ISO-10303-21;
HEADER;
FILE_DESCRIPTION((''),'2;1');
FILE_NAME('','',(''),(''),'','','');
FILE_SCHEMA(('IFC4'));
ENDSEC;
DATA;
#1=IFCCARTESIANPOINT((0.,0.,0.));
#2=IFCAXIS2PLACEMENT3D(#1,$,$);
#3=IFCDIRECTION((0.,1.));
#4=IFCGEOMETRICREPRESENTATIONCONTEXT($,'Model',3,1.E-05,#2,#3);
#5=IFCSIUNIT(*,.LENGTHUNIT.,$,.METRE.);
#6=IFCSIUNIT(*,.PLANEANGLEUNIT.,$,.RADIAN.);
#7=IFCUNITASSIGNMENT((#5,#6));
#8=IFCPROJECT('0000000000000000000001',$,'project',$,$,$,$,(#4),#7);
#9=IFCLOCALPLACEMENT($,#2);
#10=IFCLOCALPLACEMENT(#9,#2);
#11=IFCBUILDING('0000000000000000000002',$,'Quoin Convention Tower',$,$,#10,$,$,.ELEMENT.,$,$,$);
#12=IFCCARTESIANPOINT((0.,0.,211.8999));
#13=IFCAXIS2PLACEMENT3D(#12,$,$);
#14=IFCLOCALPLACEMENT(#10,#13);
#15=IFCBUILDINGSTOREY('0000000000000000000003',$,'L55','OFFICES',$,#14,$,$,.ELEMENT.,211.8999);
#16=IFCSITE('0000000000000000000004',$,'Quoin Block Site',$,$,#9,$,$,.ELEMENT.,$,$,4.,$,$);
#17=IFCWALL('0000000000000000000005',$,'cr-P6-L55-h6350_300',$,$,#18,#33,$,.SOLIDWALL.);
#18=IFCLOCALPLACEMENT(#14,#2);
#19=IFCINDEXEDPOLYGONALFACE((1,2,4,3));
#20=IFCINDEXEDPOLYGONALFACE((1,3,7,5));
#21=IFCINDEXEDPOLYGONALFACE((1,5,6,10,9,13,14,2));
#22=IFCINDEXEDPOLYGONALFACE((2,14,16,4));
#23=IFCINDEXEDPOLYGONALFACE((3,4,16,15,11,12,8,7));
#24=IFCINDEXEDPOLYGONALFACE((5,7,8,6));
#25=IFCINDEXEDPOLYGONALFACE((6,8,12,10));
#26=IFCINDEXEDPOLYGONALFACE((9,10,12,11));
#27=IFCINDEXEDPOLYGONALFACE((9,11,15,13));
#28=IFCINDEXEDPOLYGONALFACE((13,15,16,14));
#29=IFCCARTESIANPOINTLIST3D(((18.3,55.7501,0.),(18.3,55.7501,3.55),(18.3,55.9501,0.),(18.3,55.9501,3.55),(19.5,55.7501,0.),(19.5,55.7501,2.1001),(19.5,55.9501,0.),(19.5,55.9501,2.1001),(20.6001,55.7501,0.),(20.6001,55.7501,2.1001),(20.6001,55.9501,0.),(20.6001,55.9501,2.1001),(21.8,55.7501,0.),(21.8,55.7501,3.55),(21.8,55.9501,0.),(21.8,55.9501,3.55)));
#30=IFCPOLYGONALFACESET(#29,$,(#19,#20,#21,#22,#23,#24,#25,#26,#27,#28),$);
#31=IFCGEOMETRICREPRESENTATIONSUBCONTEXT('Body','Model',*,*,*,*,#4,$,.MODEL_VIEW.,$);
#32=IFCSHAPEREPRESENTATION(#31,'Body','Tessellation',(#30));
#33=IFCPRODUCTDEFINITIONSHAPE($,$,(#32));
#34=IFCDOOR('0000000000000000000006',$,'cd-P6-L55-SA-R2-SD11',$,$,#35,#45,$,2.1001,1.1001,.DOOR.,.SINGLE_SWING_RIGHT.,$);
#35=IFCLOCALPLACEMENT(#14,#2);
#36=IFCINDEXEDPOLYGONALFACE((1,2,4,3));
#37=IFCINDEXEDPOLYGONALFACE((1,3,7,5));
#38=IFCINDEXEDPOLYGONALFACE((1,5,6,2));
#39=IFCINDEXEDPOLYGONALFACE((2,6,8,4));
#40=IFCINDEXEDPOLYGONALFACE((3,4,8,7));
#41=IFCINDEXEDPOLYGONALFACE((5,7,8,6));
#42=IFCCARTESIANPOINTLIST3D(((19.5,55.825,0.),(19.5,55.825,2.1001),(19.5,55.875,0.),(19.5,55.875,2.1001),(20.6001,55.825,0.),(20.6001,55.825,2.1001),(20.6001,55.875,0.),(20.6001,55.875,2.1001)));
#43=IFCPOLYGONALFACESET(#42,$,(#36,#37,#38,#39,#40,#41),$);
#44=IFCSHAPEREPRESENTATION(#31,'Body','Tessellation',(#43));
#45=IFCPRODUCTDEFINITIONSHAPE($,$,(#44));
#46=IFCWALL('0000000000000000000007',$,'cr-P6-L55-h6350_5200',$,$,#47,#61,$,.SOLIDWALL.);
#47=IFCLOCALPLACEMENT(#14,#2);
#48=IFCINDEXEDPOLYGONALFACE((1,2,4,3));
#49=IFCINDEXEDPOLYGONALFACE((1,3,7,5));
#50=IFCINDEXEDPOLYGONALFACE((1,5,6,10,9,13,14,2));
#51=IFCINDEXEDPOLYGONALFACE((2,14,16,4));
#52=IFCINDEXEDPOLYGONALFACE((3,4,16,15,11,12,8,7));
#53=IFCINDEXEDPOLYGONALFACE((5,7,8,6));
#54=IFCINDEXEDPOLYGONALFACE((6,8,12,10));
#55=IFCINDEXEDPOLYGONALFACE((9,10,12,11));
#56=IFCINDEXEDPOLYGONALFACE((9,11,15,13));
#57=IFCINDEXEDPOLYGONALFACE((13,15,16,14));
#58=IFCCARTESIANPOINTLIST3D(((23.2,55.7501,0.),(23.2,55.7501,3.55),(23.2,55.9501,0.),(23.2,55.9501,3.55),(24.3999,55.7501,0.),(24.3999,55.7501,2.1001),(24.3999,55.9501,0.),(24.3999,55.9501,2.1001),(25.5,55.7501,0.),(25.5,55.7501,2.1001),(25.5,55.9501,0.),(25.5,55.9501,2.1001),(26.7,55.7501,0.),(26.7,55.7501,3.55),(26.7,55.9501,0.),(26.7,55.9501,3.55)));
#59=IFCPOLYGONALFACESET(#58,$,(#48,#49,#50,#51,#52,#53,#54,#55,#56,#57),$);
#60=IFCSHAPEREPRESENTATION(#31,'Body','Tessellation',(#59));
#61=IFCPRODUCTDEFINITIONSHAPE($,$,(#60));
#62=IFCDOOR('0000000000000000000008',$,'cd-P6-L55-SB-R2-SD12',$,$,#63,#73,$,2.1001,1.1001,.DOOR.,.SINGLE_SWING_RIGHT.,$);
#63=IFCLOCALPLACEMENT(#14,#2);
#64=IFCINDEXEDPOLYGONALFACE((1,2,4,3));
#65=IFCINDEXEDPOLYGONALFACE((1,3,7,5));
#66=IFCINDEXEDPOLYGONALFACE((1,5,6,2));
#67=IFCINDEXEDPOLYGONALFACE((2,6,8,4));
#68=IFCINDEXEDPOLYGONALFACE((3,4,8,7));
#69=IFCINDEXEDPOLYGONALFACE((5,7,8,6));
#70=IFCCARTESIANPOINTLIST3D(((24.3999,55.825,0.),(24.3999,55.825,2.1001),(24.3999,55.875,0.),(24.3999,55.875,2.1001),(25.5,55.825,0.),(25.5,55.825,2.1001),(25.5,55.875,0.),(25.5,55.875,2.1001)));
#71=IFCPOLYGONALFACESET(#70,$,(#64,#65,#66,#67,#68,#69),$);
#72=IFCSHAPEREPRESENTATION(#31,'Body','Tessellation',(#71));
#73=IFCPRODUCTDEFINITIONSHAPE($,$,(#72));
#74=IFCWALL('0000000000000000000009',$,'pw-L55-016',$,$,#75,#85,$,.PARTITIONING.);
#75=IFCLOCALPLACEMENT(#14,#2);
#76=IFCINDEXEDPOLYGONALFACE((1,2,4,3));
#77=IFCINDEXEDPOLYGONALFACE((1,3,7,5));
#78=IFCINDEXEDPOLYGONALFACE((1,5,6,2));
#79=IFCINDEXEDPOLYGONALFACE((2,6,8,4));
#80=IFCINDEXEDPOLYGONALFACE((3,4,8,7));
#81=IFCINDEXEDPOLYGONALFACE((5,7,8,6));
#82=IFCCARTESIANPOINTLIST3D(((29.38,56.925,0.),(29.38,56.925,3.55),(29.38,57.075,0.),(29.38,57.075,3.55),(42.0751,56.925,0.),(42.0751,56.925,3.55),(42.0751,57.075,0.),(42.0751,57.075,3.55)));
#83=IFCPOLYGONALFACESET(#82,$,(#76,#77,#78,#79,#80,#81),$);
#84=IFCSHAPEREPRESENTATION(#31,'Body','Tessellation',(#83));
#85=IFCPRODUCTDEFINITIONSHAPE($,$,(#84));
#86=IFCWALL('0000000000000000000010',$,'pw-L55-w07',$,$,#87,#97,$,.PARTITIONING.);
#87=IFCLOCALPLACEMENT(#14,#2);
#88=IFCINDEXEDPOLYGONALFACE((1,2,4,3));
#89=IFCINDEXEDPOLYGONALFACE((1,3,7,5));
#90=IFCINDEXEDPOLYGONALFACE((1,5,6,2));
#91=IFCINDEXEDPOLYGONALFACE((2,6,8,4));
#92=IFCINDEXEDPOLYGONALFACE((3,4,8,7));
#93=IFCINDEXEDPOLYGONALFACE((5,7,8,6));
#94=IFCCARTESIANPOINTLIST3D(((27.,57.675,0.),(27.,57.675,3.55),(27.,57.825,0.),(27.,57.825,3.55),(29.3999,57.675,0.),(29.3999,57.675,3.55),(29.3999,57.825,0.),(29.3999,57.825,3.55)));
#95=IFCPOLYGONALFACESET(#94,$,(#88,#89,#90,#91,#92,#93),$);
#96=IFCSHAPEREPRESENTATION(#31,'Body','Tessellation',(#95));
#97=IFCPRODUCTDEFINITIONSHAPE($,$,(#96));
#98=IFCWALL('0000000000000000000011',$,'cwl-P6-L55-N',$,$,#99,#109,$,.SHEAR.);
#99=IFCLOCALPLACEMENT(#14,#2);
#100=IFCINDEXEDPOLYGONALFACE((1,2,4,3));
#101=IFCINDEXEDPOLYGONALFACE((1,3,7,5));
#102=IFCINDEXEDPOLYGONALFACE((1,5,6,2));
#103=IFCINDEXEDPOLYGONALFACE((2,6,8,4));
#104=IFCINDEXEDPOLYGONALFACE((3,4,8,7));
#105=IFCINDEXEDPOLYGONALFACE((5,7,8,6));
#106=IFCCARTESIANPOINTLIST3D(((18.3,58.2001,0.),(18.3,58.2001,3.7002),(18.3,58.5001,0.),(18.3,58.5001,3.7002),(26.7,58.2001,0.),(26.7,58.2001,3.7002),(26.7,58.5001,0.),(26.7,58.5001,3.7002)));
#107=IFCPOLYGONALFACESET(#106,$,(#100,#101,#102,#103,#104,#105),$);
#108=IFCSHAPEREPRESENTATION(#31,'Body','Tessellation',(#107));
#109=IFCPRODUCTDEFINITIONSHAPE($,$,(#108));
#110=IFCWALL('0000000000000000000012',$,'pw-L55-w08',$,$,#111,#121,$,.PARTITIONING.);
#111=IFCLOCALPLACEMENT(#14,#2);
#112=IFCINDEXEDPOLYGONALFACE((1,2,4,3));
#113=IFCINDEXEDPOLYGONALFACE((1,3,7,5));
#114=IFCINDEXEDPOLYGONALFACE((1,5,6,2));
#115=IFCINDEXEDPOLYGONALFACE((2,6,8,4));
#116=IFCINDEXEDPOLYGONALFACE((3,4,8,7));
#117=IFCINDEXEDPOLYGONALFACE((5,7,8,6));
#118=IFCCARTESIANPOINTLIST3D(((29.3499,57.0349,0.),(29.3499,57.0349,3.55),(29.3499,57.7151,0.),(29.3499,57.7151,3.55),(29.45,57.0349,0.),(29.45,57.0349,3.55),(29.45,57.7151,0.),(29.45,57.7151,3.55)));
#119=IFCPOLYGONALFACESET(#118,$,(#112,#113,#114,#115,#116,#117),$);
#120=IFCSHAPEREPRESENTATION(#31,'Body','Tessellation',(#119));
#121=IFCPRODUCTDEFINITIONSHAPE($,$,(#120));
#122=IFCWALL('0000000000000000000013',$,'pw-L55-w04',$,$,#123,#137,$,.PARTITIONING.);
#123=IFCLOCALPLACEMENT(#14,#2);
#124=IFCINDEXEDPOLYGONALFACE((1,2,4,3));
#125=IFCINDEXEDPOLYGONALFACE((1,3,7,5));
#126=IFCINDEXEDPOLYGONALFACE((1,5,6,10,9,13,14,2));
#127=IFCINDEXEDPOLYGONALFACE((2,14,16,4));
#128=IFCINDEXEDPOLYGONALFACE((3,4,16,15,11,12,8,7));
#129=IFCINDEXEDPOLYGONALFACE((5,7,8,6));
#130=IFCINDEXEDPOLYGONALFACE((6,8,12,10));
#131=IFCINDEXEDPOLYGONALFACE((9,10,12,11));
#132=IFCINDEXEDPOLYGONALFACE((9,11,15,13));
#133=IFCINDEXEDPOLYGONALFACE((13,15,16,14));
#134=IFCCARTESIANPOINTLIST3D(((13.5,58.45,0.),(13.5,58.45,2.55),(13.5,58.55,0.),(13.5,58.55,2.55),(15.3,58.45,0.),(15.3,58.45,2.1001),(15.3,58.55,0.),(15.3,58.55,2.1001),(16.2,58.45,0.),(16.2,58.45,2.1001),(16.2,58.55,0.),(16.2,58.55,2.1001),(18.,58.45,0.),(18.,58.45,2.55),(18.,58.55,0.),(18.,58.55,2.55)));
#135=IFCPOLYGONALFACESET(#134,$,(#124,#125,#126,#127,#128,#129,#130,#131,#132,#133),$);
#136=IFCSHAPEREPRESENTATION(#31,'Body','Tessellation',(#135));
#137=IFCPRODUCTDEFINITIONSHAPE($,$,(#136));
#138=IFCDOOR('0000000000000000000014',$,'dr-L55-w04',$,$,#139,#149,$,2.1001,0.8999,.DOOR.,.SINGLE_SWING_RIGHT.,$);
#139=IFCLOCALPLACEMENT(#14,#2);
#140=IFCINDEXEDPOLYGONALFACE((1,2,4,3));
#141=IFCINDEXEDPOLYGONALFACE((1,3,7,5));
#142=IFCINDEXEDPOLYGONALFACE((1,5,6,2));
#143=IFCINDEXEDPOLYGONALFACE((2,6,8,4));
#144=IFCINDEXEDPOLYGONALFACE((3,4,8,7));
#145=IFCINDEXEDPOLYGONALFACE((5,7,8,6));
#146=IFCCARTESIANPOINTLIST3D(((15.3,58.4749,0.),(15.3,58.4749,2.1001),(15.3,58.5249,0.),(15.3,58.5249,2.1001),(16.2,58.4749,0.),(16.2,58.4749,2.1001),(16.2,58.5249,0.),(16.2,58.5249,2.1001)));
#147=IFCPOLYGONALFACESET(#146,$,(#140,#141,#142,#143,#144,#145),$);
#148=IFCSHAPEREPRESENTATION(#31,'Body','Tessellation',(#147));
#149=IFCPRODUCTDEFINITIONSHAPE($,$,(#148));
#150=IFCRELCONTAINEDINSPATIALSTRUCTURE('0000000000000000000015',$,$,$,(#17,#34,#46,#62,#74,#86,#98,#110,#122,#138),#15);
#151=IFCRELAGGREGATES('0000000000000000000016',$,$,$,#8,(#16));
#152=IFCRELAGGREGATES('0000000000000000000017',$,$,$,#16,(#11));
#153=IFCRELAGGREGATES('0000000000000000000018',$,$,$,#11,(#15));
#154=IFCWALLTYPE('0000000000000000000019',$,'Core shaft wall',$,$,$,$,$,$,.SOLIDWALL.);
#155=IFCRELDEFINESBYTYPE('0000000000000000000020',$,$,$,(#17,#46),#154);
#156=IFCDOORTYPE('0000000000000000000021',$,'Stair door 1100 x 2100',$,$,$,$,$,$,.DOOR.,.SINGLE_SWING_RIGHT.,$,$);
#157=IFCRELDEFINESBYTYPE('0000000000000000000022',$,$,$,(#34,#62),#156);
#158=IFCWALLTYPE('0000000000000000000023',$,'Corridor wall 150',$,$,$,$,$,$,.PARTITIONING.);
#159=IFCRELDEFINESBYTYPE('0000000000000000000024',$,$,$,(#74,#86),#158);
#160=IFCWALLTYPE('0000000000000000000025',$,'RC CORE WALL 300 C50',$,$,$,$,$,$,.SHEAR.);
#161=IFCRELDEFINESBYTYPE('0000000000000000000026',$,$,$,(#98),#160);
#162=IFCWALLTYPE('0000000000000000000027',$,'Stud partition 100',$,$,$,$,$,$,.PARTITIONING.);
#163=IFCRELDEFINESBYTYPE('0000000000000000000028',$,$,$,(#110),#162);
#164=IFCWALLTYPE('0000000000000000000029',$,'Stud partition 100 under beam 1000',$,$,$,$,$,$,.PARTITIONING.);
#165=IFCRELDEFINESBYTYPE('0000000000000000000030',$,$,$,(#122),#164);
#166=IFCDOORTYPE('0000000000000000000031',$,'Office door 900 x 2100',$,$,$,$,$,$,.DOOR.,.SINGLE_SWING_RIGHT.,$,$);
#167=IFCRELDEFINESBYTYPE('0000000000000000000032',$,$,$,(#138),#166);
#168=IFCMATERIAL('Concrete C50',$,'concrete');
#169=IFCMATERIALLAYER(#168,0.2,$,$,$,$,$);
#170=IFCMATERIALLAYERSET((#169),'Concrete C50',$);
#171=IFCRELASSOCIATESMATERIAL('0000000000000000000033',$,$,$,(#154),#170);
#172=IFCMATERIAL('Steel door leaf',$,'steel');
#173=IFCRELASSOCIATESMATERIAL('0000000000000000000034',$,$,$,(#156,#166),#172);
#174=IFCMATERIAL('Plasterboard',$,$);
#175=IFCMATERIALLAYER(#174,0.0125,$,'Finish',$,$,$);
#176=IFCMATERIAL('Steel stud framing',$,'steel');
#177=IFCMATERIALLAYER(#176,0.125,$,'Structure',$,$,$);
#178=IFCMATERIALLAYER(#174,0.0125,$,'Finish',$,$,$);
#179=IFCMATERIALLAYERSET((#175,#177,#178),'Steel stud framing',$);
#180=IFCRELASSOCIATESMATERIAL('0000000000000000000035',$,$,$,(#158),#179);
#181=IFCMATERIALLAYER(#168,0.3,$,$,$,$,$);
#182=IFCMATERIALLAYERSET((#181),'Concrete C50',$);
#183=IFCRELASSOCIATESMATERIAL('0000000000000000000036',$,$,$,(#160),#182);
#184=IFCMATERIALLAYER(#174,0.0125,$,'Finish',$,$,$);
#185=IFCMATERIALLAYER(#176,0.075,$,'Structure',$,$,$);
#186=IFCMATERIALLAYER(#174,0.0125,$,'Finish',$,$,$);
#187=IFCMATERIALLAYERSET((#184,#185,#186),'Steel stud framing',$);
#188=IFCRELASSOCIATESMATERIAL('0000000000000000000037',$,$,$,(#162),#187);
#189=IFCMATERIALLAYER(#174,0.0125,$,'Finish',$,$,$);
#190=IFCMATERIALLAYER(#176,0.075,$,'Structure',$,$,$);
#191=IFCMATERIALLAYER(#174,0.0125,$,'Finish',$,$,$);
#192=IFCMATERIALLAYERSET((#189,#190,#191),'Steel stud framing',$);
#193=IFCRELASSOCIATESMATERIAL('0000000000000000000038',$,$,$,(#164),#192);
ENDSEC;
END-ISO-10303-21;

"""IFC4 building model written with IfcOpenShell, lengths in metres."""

from ifc_helpers import new_model, si_unit, direction, frame, frame_2d, origin, place, context, subcontext, project, spatial, rectangle, extrude, material, layer, layer_set, type_object, element, fill, save


model = new_model("IFC4")

# Units and contexts
model_context = context("Model", 3, precision=1e-05, world=origin(), true_north=direction((0.0, 1.0)))
body_context = subcontext(model_context, "Body", "Model", "MODEL_VIEW")
ifc_project = project(units=[si_unit("LENGTHUNIT", "METRE"), si_unit("PLANEANGLEUNIT", "RADIAN")], contexts=[model_context])

# Site, building, storey
site_placement = place(None, origin())
site = spatial("IfcSite", under=ifc_project, at=site_placement, Name="Quoin Block Site", CompositionType="ELEMENT", RefElevation=4.0)
building_placement = place(site_placement, origin())
building = spatial("IfcBuilding", under=site, at=building_placement, Name="Quoin Convention Tower", CompositionType="ELEMENT")
storey_placement = place(building_placement, frame((0.0, 0.0, 211.8999)))
storey = spatial("IfcBuildingStorey", under=building, at=storey_placement, Name="L55", Description="OFFICES", CompositionType="ELEMENT", Elevation=211.8999)

# Shared definitions
ifc_material_1 = material(Name="Concrete C50", Category="concrete")

# Walls, openings, doors
ifc_layer_1 = layer(ifc_material_1, 0.2)
ifc_layer_set_1 = layer_set([ifc_layer_1], Name="Concrete C50")
wall_type_1 = type_object("IfcWallType", Name="Core shaft wall", PredefinedType="SOLIDWALL", material=ifc_layer_set_1)
wall_1_placement = place(storey_placement, frame((18.3, 55.8501, 0.0), z_axis=(0.0, 0.0, 1.0), x_axis=(1.0, 0.0, 0.0)))
wall_1 = element("IfcWall", 1, at=wall_1_placement, inside=storey, type_object=wall_type_1, Name="cr-P6-L55-h6350_300", PredefinedType="SOLIDWALL", context=body_context, shape_type="SweptSolid", body=[
    extrude(rectangle(XDim=3.5, YDim=0.2, at=frame_2d((1.75, 0.0))), origin(), (0.0, 0.0, 1.0), 3.55),
])
opening_1_placement = place(wall_1_placement, frame((1.2, 0.0, 0.0)))
opening_1 = element("IfcOpeningElement", 2, at=opening_1_placement, cuts=wall_1, PredefinedType="OPENING", context=body_context, shape_type="SweptSolid", body=[
    extrude(rectangle(XDim=1.1001, YDim=2.1001, at=frame_2d((0.55, 1.05))), frame((0.0, 0.1099, 0.0), z_axis=(0.0, -1.0, 0.0), x_axis=(1.0, 0.0, 0.0)), (0.0, 0.0, 1.0), 0.22),
])
ifc_material_2 = material(Name="Steel door leaf", Category="steel")
door_type_1 = type_object("IfcDoorType", Name="Stair door 1100 x 2100", OperationType="SINGLE_SWING_RIGHT", PredefinedType="DOOR", material=ifc_material_2)
door_1_placement = place(opening_1_placement, origin())
door_1 = element("IfcDoor", 3, at=door_1_placement, inside=storey, type_object=door_type_1, Name="cd-P6-L55-SA-R2-SD11", OperationType="SINGLE_SWING_RIGHT", OverallHeight=2.1001, OverallWidth=1.1001, PredefinedType="DOOR", context=body_context, shape_type="SweptSolid", body=[
    extrude(rectangle(XDim=1.1001, YDim=2.1001, at=frame_2d((0.55, 1.05))), frame((0.0, 0.0249, 0.0), z_axis=(0.0, -1.0, 0.0), x_axis=(1.0, 0.0, 0.0)), (0.0, 0.0, 1.0), 0.05),
])
fill(opening_1, door_1)
wall_2_placement = place(storey_placement, frame((23.2, 55.8501, 0.0), z_axis=(0.0, 0.0, 1.0), x_axis=(1.0, 0.0, 0.0)))
wall_2 = element("IfcWall", 4, at=wall_2_placement, inside=storey, type_object=wall_type_1, Name="cr-P6-L55-h6350_5200", PredefinedType="SOLIDWALL", context=body_context, shape_type="SweptSolid", body=[
    extrude(rectangle(XDim=3.5, YDim=0.2, at=frame_2d((1.75, 0.0))), origin(), (0.0, 0.0, 1.0), 3.55),
])
opening_2_placement = place(wall_2_placement, frame((1.2, 0.0, 0.0)))
opening_2 = element("IfcOpeningElement", 5, at=opening_2_placement, cuts=wall_2, PredefinedType="OPENING", context=body_context, shape_type="SweptSolid", body=[
    extrude(rectangle(XDim=1.1001, YDim=2.1001, at=frame_2d((0.55, 1.05))), frame((0.0, 0.1099, 0.0), z_axis=(0.0, -1.0, 0.0), x_axis=(1.0, 0.0, 0.0)), (0.0, 0.0, 1.0), 0.22),
])
door_2_placement = place(opening_2_placement, origin())
door_2 = element("IfcDoor", 6, at=door_2_placement, inside=storey, type_object=door_type_1, Name="cd-P6-L55-SB-R2-SD12", OperationType="SINGLE_SWING_RIGHT", OverallHeight=2.1001, OverallWidth=1.1001, PredefinedType="DOOR", context=body_context, shape_type="SweptSolid", body=[
    extrude(rectangle(XDim=1.1001, YDim=2.1001, at=frame_2d((0.55, 1.05))), frame((0.0, 0.0249, 0.0), z_axis=(0.0, -1.0, 0.0), x_axis=(1.0, 0.0, 0.0)), (0.0, 0.0, 1.0), 0.05),
])
fill(opening_2, door_2)

# Walls
ifc_material_3 = material(Name="Plasterboard")
ifc_layer_2 = layer(ifc_material_3, 0.0125, Name="Finish")
ifc_material_4 = material(Name="Steel stud framing", Category="steel")
ifc_layer_3 = layer(ifc_material_4, 0.125, Name="Structure")
ifc_layer_4 = layer(ifc_material_3, 0.0125, Name="Finish")
ifc_layer_set_2 = layer_set([ifc_layer_2, ifc_layer_3, ifc_layer_4], Name="Steel stud framing")
wall_type_2 = type_object("IfcWallType", Name="Corridor wall 150", PredefinedType="PARTITIONING", material=ifc_layer_set_2)
wall_3_placement = place(storey_placement, frame((29.3799, 57.0, 0.0), z_axis=(0.0, 0.0, 1.0), x_axis=(1.0, 0.0, 0.0)))
element("IfcWall", 7, at=wall_3_placement, inside=storey, type_object=wall_type_2, Name="pw-L55-016", PredefinedType="PARTITIONING", context=body_context, shape_type="SweptSolid", body=[
    extrude(rectangle(XDim=12.6951, YDim=0.1499, at=frame_2d((6.3477, 0.0))), origin(), (0.0, 0.0, 1.0), 3.55),
])
wall_4_placement = place(storey_placement, frame((27.0, 57.75, 0.0), z_axis=(0.0, 0.0, 1.0), x_axis=(1.0, 0.0, 0.0)))
element("IfcWall", 8, at=wall_4_placement, inside=storey, type_object=wall_type_2, Name="pw-L55-w07", PredefinedType="PARTITIONING", context=body_context, shape_type="SweptSolid", body=[
    extrude(rectangle(XDim=2.3999, YDim=0.1499, at=frame_2d((1.2, 0.0))), origin(), (0.0, 0.0, 1.0), 3.55),
])
ifc_layer_5 = layer(ifc_material_1, 0.3)
ifc_layer_set_3 = layer_set([ifc_layer_5], Name="Concrete C50")
wall_type_3 = type_object("IfcWallType", Name="RC CORE WALL 300 C50", PredefinedType="SHEAR", material=ifc_layer_set_3)
wall_5_placement = place(storey_placement, frame((18.3, 58.3501, 0.0), z_axis=(0.0, 0.0, 1.0), x_axis=(1.0, 0.0, 0.0)))
element("IfcWall", 9, at=wall_5_placement, inside=storey, type_object=wall_type_3, Name="cwl-P6-L55-N", PredefinedType="SHEAR", context=body_context, shape_type="SweptSolid", body=[
    extrude(rectangle(XDim=8.3999, YDim=0.3, at=frame_2d((4.2, 0.0))), origin(), (0.0, 0.0, 1.0), 3.7002),
])
ifc_layer_6 = layer(ifc_material_3, 0.0125, Name="Finish")
ifc_layer_7 = layer(ifc_material_4, 0.075, Name="Structure")
ifc_layer_8 = layer(ifc_material_3, 0.0125, Name="Finish")
ifc_layer_set_4 = layer_set([ifc_layer_6, ifc_layer_7, ifc_layer_8], Name="Steel stud framing")
wall_type_4 = type_object("IfcWallType", Name="Stud partition 100", PredefinedType="PARTITIONING", material=ifc_layer_set_4)
wall_6_placement = place(storey_placement, frame((29.3999, 57.7151, 0.0), z_axis=(0.0, 0.0, 1.0), x_axis=(0.0, -1.0, 0.0)))
element("IfcWall", 10, at=wall_6_placement, inside=storey, type_object=wall_type_4, Name="pw-L55-w08", PredefinedType="PARTITIONING", context=body_context, shape_type="SweptSolid", body=[
    extrude(rectangle(XDim=0.6802, YDim=0.1001, at=frame_2d((0.3401, 0.0))), origin(), (0.0, 0.0, 1.0), 3.55),
])

# Wall, opening, door
ifc_layer_9 = layer(ifc_material_3, 0.0125, Name="Finish")
ifc_layer_10 = layer(ifc_material_4, 0.075, Name="Structure")
ifc_layer_11 = layer(ifc_material_3, 0.0125, Name="Finish")
ifc_layer_set_5 = layer_set([ifc_layer_9, ifc_layer_10, ifc_layer_11], Name="Steel stud framing")
wall_type_5 = type_object("IfcWallType", Name="Stud partition 100 under beam 1000", PredefinedType="PARTITIONING", material=ifc_layer_set_5)
wall_7_placement = place(storey_placement, frame((13.5, 58.5, 0.0), z_axis=(0.0, 0.0, 1.0), x_axis=(1.0, 0.0, 0.0)))
wall_7 = element("IfcWall", 11, at=wall_7_placement, inside=storey, type_object=wall_type_5, Name="pw-L55-w04", PredefinedType="PARTITIONING", context=body_context, shape_type="SweptSolid", body=[
    extrude(rectangle(XDim=4.5, YDim=0.1001, at=frame_2d((2.25, 0.0))), origin(), (0.0, 0.0, 1.0), 2.55),
])
opening_3_placement = place(wall_7_placement, frame((1.8, 0.0, 0.0)))
opening_3 = element("IfcOpeningElement", 12, at=opening_3_placement, cuts=wall_7, PredefinedType="OPENING", context=body_context, shape_type="SweptSolid", body=[
    extrude(rectangle(XDim=0.8999, YDim=2.1001, at=frame_2d((0.45, 1.05))), frame((0.0, 0.0601, 0.0), z_axis=(0.0, -1.0, 0.0), x_axis=(1.0, 0.0, 0.0)), (0.0, 0.0, 1.0), 0.1201),
])
door_type_2 = type_object("IfcDoorType", Name="Office door 900 x 2100", OperationType="SINGLE_SWING_RIGHT", PredefinedType="DOOR", material=ifc_material_2)
door_3_placement = place(opening_3_placement, origin())
door_3 = element("IfcDoor", 13, at=door_3_placement, inside=storey, type_object=door_type_2, Name="dr-L55-w04", OperationType="SINGLE_SWING_RIGHT", OverallHeight=2.1001, OverallWidth=0.8999, PredefinedType="DOOR", context=body_context, shape_type="SweptSolid", body=[
    extrude(rectangle(XDim=0.8999, YDim=2.1001, at=frame_2d((0.45, 1.05))), frame((0.0, 0.0249, 0.0), z_axis=(0.0, -1.0, 0.0), x_axis=(1.0, 0.0, 0.0)), (0.0, 0.0, 1.0), 0.05),
])
fill(opening_3, door_3)

save(model, "model.ifc")
